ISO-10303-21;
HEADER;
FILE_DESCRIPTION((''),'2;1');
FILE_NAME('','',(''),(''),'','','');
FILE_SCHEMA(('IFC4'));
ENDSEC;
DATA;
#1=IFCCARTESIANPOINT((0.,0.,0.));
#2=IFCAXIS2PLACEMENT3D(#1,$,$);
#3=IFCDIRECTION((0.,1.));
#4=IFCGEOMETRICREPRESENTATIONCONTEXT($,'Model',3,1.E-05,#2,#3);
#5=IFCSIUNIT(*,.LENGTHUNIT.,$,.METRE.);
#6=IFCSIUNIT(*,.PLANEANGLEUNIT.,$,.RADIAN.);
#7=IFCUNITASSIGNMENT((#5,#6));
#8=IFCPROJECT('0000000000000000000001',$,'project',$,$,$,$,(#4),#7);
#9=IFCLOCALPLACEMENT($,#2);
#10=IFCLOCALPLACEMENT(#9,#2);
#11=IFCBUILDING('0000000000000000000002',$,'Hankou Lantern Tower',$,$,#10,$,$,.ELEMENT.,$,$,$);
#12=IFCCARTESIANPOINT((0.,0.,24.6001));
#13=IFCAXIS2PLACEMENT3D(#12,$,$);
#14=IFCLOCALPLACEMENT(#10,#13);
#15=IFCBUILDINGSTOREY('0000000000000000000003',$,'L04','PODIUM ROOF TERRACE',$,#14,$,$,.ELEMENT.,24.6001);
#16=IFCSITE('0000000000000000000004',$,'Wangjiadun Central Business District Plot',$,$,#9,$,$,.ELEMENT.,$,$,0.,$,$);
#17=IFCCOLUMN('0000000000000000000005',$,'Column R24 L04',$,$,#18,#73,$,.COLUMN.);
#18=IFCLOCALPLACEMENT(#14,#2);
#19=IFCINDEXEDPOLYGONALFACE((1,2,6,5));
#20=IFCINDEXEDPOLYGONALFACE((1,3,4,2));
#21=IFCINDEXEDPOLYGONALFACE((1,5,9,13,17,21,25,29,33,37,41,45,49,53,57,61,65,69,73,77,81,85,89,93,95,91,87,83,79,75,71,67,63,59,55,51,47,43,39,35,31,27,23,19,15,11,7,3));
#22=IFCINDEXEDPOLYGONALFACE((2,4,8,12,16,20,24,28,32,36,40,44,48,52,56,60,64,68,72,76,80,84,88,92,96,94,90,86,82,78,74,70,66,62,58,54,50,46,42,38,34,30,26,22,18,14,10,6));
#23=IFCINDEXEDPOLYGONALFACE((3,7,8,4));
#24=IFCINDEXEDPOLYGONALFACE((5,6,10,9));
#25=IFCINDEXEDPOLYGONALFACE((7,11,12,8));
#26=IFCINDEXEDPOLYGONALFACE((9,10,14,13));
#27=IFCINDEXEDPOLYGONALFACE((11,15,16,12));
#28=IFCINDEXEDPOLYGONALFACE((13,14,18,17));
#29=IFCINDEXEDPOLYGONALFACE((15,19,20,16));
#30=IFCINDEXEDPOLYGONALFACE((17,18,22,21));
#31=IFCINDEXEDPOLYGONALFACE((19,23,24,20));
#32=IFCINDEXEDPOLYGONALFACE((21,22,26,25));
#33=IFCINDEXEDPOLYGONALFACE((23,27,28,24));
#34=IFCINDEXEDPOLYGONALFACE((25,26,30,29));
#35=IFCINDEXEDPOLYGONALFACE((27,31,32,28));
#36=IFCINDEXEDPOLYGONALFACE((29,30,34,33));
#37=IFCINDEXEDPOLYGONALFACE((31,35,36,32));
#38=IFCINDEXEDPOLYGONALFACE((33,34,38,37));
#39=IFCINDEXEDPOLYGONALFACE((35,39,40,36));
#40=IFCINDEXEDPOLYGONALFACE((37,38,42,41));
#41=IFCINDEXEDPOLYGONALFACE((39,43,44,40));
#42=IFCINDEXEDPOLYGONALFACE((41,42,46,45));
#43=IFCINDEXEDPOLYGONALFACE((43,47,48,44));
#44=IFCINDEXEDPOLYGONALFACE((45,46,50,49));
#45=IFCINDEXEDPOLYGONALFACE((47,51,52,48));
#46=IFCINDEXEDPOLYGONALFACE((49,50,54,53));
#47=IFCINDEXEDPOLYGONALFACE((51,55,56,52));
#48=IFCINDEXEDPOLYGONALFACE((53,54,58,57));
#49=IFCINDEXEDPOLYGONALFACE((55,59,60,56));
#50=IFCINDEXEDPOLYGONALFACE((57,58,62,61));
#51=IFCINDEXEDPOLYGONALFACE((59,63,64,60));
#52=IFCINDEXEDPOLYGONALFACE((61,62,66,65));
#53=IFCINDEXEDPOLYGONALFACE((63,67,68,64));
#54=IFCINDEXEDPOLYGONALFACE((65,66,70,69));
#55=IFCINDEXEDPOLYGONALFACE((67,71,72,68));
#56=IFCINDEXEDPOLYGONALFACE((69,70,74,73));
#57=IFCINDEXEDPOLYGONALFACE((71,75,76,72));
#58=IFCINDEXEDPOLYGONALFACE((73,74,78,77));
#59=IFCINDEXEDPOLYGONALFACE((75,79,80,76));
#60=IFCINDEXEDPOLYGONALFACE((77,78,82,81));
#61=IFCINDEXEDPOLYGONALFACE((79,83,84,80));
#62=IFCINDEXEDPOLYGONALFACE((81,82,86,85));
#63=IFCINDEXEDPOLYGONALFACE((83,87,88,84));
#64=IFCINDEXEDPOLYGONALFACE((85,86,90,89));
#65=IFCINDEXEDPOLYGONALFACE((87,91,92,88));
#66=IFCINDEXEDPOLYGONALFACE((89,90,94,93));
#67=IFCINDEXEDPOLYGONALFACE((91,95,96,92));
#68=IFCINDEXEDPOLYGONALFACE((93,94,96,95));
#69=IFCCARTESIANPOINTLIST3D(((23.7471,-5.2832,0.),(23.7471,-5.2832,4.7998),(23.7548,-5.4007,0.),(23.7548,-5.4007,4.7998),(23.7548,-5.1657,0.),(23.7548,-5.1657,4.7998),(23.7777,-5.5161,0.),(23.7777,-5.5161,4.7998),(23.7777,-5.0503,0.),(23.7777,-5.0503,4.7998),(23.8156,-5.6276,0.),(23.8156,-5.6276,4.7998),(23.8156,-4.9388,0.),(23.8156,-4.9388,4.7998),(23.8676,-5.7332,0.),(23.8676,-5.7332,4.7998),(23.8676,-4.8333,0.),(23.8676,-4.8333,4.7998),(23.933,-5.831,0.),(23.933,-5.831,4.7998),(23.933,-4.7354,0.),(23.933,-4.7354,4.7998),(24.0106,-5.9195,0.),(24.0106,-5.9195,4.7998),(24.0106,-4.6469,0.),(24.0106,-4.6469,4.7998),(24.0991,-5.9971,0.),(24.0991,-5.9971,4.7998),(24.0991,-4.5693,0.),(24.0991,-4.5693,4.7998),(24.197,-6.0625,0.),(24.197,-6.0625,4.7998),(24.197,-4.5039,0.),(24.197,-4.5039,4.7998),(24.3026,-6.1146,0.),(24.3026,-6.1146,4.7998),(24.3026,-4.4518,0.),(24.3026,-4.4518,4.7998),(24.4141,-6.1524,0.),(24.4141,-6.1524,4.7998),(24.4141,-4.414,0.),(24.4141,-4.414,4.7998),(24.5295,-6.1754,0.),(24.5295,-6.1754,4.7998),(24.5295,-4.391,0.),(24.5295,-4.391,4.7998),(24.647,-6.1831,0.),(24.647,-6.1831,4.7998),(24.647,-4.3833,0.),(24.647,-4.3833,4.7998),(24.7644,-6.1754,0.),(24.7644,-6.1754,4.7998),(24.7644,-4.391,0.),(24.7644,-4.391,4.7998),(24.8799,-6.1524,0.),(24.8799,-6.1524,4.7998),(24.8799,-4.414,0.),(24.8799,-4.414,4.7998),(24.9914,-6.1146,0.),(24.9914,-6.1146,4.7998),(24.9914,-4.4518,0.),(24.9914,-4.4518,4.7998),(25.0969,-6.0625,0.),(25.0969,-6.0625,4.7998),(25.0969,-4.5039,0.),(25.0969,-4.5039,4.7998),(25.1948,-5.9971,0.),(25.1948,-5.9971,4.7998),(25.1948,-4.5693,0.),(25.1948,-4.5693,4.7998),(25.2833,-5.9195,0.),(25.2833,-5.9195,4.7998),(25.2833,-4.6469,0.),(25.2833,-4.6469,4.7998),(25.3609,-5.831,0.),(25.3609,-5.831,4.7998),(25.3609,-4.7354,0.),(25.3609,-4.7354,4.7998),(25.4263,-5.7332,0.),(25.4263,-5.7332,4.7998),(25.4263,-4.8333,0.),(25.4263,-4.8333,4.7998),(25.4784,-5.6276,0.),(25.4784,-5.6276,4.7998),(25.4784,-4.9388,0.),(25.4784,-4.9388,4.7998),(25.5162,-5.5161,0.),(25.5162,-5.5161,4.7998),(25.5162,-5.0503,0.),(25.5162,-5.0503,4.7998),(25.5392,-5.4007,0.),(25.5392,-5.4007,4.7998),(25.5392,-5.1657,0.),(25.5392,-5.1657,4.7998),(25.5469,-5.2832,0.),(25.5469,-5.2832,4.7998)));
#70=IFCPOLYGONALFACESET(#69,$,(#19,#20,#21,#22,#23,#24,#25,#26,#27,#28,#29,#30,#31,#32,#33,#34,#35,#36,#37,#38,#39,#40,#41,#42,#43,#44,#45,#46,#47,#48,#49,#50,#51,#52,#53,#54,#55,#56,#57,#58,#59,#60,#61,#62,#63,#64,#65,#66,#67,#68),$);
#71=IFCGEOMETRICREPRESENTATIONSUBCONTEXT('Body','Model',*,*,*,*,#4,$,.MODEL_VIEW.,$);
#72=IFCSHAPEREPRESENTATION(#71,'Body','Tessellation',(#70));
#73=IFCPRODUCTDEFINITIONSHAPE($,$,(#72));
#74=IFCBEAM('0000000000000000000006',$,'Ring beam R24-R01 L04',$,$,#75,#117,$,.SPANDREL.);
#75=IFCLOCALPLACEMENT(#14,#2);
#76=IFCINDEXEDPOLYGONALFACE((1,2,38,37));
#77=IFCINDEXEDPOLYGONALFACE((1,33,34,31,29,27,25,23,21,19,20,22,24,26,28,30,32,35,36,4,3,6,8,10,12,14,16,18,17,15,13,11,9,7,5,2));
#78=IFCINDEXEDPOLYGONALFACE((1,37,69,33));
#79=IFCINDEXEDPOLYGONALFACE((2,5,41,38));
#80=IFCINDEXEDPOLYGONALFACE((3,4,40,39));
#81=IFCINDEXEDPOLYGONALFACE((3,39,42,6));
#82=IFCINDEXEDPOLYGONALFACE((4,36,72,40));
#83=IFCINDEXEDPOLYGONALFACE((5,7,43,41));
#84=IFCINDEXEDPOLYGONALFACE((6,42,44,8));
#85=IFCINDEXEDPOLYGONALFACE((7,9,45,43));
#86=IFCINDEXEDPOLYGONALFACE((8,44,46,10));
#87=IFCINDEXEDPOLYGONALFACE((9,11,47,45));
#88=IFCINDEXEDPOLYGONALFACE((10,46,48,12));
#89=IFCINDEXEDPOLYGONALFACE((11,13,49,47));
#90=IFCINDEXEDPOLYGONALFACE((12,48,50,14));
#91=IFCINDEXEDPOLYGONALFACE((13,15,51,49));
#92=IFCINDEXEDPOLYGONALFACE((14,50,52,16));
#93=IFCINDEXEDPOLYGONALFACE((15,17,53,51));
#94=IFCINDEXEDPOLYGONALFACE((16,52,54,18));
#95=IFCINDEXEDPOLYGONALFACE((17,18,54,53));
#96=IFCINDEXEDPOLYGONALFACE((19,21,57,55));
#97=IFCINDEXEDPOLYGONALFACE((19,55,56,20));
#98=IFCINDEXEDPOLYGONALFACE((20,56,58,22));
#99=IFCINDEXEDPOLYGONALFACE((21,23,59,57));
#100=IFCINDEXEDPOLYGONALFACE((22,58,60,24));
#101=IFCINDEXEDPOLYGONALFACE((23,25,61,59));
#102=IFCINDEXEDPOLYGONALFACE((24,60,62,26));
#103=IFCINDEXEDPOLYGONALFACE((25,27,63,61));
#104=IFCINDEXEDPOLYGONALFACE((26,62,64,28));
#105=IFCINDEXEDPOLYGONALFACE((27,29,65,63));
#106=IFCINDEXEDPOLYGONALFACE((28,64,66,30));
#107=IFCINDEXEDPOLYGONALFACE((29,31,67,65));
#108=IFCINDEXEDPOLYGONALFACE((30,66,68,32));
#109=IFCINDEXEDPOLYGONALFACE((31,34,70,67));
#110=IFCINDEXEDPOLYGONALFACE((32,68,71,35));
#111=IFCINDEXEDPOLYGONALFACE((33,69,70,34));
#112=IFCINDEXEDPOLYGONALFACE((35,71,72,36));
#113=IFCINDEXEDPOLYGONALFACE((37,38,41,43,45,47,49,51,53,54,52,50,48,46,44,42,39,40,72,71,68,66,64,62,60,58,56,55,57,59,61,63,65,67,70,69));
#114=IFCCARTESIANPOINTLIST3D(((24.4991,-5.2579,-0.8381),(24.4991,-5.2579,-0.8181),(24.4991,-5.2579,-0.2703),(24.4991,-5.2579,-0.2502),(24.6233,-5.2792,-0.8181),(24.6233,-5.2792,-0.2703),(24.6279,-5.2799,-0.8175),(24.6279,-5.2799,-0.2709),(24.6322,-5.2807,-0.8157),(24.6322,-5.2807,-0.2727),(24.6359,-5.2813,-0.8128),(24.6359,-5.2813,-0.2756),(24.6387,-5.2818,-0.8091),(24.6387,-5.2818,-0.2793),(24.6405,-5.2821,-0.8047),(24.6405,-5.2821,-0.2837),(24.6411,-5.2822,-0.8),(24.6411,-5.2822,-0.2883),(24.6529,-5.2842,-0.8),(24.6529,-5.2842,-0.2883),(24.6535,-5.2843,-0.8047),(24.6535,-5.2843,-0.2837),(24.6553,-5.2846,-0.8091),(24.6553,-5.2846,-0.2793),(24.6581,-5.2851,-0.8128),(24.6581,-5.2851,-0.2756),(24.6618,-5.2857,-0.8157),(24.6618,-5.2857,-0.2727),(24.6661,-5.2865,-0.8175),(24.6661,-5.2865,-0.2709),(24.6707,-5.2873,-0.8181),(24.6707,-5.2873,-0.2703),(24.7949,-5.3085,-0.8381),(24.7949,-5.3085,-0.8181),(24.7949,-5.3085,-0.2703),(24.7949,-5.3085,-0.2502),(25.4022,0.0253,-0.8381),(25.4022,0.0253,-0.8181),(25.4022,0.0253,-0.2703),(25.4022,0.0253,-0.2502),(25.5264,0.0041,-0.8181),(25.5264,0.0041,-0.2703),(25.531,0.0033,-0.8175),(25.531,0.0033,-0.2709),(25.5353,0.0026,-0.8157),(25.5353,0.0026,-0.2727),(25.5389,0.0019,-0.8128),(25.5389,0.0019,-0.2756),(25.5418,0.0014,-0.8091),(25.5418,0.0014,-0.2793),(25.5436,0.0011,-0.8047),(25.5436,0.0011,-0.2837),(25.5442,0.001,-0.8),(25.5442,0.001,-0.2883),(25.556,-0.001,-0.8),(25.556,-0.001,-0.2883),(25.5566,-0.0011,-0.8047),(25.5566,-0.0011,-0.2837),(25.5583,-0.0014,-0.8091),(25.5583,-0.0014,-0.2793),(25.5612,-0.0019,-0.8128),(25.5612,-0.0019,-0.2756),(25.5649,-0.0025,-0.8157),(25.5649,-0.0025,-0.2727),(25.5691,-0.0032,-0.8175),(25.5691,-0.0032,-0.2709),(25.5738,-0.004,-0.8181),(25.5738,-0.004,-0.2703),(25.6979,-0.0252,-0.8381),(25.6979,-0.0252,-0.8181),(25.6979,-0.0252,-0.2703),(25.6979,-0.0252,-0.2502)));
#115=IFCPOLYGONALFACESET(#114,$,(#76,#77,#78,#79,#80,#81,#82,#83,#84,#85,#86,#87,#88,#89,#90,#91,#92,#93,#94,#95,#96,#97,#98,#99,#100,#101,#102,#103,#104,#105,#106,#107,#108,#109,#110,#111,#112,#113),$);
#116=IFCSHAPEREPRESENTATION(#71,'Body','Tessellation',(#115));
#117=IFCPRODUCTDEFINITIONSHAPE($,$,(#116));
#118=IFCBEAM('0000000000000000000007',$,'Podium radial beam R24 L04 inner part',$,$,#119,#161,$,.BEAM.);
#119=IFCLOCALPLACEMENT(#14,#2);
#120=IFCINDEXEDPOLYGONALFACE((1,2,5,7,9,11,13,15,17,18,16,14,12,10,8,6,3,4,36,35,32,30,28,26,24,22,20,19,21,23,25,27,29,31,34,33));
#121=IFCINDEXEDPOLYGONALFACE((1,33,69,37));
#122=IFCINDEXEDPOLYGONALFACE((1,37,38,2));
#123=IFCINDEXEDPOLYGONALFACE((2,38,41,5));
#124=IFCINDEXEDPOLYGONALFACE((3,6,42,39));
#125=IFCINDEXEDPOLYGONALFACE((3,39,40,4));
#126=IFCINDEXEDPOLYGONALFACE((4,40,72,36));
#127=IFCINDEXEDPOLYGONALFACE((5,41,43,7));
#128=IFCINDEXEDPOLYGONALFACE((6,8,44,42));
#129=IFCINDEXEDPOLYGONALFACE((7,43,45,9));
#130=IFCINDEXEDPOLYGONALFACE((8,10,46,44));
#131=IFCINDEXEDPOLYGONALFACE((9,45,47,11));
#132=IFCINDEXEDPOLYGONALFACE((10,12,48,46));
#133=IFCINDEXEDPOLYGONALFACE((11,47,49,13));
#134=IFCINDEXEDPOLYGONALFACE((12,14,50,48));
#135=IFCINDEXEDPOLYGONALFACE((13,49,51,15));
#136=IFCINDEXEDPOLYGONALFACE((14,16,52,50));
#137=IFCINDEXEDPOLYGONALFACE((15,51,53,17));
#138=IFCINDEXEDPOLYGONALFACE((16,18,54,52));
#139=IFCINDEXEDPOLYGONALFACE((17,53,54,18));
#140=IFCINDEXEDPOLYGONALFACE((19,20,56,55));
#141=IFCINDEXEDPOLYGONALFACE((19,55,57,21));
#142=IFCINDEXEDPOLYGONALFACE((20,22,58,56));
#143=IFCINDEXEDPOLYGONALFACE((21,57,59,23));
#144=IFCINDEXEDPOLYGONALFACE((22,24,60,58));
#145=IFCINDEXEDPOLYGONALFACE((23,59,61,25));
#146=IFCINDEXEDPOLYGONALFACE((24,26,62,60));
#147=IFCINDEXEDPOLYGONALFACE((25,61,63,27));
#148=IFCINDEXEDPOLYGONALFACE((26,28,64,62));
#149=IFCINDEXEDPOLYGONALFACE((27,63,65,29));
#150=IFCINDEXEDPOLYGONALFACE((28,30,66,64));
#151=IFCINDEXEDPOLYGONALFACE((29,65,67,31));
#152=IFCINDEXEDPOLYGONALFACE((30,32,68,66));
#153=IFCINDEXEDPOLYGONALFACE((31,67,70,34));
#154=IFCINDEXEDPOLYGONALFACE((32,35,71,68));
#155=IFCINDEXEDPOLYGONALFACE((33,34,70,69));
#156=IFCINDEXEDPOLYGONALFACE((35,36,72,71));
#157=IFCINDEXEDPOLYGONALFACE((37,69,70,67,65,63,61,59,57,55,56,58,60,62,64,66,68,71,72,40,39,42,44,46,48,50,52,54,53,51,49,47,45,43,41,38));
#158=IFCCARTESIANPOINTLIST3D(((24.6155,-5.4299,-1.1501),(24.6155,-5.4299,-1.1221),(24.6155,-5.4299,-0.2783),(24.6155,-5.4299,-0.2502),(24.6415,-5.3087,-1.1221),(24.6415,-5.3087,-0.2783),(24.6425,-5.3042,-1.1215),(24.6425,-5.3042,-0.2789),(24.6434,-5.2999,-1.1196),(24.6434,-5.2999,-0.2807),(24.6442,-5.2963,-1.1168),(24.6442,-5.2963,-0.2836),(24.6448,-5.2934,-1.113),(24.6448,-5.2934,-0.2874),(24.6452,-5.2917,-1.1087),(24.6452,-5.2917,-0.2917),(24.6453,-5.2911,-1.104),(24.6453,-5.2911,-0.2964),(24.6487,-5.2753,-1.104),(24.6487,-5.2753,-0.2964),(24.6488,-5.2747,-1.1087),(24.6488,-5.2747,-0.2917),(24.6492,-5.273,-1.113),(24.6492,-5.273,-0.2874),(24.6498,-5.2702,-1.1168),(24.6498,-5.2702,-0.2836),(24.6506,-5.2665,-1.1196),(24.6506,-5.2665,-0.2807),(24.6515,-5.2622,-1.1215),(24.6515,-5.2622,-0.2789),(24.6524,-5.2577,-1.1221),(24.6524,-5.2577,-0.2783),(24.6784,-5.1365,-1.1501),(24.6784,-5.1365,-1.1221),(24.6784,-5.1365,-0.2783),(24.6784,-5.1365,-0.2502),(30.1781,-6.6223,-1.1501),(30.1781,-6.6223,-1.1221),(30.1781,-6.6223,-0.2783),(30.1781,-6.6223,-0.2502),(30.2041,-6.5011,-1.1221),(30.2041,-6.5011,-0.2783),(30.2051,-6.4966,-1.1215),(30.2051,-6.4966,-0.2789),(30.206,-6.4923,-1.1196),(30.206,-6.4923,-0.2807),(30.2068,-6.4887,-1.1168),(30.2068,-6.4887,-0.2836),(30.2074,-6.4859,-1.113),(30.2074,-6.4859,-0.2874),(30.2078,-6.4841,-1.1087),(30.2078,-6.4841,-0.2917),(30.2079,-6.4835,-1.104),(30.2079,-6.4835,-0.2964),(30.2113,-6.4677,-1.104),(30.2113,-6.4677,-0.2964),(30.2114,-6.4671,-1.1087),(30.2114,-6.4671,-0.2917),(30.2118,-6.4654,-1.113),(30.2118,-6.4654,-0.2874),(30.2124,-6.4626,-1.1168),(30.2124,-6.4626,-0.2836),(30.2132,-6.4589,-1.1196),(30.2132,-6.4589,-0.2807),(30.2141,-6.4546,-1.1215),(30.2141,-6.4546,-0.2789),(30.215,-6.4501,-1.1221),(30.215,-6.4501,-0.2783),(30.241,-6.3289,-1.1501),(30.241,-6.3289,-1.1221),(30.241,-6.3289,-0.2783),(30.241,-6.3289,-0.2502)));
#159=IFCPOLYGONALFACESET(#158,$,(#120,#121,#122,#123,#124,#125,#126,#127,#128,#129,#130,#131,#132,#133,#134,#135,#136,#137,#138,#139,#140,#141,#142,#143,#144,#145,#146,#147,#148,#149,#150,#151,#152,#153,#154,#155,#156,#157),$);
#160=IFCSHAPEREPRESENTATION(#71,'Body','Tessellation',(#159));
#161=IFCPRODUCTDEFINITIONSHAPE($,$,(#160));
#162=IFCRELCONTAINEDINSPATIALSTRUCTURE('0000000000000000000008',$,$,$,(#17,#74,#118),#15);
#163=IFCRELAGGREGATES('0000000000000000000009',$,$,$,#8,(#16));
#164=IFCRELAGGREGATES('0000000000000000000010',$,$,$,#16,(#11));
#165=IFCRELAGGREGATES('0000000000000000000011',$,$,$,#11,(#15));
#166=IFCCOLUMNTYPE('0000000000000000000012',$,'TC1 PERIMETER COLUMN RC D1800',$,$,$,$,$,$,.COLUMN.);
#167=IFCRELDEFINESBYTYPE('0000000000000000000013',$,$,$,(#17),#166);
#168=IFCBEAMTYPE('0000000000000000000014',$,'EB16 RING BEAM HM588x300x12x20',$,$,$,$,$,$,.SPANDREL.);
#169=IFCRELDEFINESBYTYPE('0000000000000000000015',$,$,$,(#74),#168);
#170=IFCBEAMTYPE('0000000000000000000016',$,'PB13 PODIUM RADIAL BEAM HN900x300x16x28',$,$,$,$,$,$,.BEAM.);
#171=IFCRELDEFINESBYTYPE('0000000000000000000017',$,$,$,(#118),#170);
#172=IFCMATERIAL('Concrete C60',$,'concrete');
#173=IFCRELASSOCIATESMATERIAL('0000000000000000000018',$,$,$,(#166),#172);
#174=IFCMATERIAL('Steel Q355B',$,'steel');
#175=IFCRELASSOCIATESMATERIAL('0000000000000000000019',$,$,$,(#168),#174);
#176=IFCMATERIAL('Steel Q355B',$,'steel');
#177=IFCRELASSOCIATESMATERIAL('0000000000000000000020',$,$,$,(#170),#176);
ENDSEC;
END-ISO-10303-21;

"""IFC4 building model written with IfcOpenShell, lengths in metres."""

from ifc_helpers import new_model, si_unit, direction, frame, origin, origin_2d, place, context, subcontext, project, spatial, circle, i_section, extrude, material, material_profile, profile_set, type_object, element, save


model = new_model("IFC4")

# Units and contexts
model_context = context("Model", 3, precision=1e-05, world=origin(), true_north=direction((0.0, 1.0)))
body_context = subcontext(model_context, "Body", "Model", "MODEL_VIEW")
ifc_project = project(units=[si_unit("LENGTHUNIT", "METRE"), si_unit("PLANEANGLEUNIT", "RADIAN")], contexts=[model_context])

# Site, building, storey
site_placement = place(None, origin())
site = spatial("IfcSite", under=ifc_project, at=site_placement, Name="Wangjiadun Central Business District Plot", CompositionType="ELEMENT", RefElevation=0.0)
building_placement = place(site_placement, origin())
building = spatial("IfcBuilding", under=site, at=building_placement, Name="Hankou Lantern Tower", CompositionType="ELEMENT")
storey_placement = place(building_placement, frame((0.0, 0.0, 24.6001)))
storey = spatial("IfcBuildingStorey", under=building, at=storey_placement, Name="L04", Description="PODIUM ROOF TERRACE", CompositionType="ELEMENT", Elevation=24.6001)

# Column
ifc_material_1 = material(Name="Concrete C60", Category="concrete")
ifc_material_profile_1 = material_profile(ifc_material_1, circle(Radius=0.8999, at=origin_2d()), Name="RC D1800")
ifc_profile_set_1 = profile_set([ifc_material_profile_1], Name="Concrete C60")
column_type = type_object("IfcColumnType", Name="TC1 PERIMETER COLUMN RC D1800", PredefinedType="COLUMN", material=ifc_profile_set_1)
column_placement = place(storey_placement, frame((24.647, -5.2832, 0.0), z_axis=(0.0, 0.0, 1.0), x_axis=(1.0, 0.0, 0.0)))
element("IfcColumn", 1, at=column_placement, inside=storey, type_object=column_type, Name="Column R24 L04", PredefinedType="COLUMN", context=body_context, shape_type="SweptSolid", body=[
    extrude(circle(Radius=0.8999, at=origin_2d()), origin(), (0.0, 0.0, 1.0), 4.7998),
])

# Beams
ifc_material_2 = material(Name="Steel Q355B", Category="steel")
ifc_material_profile_2 = material_profile(ifc_material_2, i_section(OverallWidth=0.3, OverallDepth=0.5879, WebThickness=0.012, FlangeThickness=0.02, FilletRadius=0.0181, at=origin_2d()), Name="HM588x300x12x20")
ifc_profile_set_2 = profile_set([ifc_material_profile_2], Name="Steel Q355B")
beam_type_1 = type_object("IfcBeamType", Name="EB16 RING BEAM HM588x300x12x20", PredefinedType="SPANDREL", material=ifc_profile_set_2)
beam_1_placement = place(storey_placement, frame((24.647, -5.2832, -0.5442), z_axis=(0.16849, 0.985703, 0.0), x_axis=(-0.985703, 0.16849, 0.0)))
element("IfcBeam", 2, at=beam_1_placement, inside=storey, type_object=beam_type_1, Name="Ring beam R24-R01 L04", PredefinedType="SPANDREL", context=body_context, shape_type="SweptSolid", body=[
    extrude(i_section(OverallWidth=0.3, OverallDepth=0.5879, WebThickness=0.012, FlangeThickness=0.02, FilletRadius=0.0181, at=origin_2d()), origin(), (0.0, 0.0, 1.0), 5.3599),
])
ifc_material_3 = material(Name="Steel Q355B", Category="steel")
ifc_material_profile_3 = material_profile(ifc_material_3, i_section(OverallWidth=0.3, OverallDepth=0.8999, WebThickness=0.0161, FlangeThickness=0.0281, FilletRadius=0.0181, at=origin_2d()), Name="HN900x300x16x28")
ifc_profile_set_3 = profile_set([ifc_material_profile_3], Name="Steel Q355B")
beam_type_2 = type_object("IfcBeamType", Name="PB13 PODIUM RADIAL BEAM HN900x300x16x28", PredefinedType="BEAM", material=ifc_profile_set_3)
beam_2_placement = place(storey_placement, frame((24.647, -5.2832, -0.7002), z_axis=(0.977787, -0.209599, 0.0), x_axis=(0.209599, 0.977787, 0.0)))
element("IfcBeam", 3, at=beam_2_placement, inside=storey, type_object=beam_type_2, Name="Podium radial beam R24 L04 inner part", PredefinedType="BEAM", context=body_context, shape_type="SweptSolid", body=[
    extrude(i_section(OverallWidth=0.3, OverallDepth=0.8999, WebThickness=0.0161, FlangeThickness=0.0281, FilletRadius=0.0181, at=origin_2d()), origin(), (0.0, 0.0, 1.0), 5.689),
])

save(model, "model.ifc")
